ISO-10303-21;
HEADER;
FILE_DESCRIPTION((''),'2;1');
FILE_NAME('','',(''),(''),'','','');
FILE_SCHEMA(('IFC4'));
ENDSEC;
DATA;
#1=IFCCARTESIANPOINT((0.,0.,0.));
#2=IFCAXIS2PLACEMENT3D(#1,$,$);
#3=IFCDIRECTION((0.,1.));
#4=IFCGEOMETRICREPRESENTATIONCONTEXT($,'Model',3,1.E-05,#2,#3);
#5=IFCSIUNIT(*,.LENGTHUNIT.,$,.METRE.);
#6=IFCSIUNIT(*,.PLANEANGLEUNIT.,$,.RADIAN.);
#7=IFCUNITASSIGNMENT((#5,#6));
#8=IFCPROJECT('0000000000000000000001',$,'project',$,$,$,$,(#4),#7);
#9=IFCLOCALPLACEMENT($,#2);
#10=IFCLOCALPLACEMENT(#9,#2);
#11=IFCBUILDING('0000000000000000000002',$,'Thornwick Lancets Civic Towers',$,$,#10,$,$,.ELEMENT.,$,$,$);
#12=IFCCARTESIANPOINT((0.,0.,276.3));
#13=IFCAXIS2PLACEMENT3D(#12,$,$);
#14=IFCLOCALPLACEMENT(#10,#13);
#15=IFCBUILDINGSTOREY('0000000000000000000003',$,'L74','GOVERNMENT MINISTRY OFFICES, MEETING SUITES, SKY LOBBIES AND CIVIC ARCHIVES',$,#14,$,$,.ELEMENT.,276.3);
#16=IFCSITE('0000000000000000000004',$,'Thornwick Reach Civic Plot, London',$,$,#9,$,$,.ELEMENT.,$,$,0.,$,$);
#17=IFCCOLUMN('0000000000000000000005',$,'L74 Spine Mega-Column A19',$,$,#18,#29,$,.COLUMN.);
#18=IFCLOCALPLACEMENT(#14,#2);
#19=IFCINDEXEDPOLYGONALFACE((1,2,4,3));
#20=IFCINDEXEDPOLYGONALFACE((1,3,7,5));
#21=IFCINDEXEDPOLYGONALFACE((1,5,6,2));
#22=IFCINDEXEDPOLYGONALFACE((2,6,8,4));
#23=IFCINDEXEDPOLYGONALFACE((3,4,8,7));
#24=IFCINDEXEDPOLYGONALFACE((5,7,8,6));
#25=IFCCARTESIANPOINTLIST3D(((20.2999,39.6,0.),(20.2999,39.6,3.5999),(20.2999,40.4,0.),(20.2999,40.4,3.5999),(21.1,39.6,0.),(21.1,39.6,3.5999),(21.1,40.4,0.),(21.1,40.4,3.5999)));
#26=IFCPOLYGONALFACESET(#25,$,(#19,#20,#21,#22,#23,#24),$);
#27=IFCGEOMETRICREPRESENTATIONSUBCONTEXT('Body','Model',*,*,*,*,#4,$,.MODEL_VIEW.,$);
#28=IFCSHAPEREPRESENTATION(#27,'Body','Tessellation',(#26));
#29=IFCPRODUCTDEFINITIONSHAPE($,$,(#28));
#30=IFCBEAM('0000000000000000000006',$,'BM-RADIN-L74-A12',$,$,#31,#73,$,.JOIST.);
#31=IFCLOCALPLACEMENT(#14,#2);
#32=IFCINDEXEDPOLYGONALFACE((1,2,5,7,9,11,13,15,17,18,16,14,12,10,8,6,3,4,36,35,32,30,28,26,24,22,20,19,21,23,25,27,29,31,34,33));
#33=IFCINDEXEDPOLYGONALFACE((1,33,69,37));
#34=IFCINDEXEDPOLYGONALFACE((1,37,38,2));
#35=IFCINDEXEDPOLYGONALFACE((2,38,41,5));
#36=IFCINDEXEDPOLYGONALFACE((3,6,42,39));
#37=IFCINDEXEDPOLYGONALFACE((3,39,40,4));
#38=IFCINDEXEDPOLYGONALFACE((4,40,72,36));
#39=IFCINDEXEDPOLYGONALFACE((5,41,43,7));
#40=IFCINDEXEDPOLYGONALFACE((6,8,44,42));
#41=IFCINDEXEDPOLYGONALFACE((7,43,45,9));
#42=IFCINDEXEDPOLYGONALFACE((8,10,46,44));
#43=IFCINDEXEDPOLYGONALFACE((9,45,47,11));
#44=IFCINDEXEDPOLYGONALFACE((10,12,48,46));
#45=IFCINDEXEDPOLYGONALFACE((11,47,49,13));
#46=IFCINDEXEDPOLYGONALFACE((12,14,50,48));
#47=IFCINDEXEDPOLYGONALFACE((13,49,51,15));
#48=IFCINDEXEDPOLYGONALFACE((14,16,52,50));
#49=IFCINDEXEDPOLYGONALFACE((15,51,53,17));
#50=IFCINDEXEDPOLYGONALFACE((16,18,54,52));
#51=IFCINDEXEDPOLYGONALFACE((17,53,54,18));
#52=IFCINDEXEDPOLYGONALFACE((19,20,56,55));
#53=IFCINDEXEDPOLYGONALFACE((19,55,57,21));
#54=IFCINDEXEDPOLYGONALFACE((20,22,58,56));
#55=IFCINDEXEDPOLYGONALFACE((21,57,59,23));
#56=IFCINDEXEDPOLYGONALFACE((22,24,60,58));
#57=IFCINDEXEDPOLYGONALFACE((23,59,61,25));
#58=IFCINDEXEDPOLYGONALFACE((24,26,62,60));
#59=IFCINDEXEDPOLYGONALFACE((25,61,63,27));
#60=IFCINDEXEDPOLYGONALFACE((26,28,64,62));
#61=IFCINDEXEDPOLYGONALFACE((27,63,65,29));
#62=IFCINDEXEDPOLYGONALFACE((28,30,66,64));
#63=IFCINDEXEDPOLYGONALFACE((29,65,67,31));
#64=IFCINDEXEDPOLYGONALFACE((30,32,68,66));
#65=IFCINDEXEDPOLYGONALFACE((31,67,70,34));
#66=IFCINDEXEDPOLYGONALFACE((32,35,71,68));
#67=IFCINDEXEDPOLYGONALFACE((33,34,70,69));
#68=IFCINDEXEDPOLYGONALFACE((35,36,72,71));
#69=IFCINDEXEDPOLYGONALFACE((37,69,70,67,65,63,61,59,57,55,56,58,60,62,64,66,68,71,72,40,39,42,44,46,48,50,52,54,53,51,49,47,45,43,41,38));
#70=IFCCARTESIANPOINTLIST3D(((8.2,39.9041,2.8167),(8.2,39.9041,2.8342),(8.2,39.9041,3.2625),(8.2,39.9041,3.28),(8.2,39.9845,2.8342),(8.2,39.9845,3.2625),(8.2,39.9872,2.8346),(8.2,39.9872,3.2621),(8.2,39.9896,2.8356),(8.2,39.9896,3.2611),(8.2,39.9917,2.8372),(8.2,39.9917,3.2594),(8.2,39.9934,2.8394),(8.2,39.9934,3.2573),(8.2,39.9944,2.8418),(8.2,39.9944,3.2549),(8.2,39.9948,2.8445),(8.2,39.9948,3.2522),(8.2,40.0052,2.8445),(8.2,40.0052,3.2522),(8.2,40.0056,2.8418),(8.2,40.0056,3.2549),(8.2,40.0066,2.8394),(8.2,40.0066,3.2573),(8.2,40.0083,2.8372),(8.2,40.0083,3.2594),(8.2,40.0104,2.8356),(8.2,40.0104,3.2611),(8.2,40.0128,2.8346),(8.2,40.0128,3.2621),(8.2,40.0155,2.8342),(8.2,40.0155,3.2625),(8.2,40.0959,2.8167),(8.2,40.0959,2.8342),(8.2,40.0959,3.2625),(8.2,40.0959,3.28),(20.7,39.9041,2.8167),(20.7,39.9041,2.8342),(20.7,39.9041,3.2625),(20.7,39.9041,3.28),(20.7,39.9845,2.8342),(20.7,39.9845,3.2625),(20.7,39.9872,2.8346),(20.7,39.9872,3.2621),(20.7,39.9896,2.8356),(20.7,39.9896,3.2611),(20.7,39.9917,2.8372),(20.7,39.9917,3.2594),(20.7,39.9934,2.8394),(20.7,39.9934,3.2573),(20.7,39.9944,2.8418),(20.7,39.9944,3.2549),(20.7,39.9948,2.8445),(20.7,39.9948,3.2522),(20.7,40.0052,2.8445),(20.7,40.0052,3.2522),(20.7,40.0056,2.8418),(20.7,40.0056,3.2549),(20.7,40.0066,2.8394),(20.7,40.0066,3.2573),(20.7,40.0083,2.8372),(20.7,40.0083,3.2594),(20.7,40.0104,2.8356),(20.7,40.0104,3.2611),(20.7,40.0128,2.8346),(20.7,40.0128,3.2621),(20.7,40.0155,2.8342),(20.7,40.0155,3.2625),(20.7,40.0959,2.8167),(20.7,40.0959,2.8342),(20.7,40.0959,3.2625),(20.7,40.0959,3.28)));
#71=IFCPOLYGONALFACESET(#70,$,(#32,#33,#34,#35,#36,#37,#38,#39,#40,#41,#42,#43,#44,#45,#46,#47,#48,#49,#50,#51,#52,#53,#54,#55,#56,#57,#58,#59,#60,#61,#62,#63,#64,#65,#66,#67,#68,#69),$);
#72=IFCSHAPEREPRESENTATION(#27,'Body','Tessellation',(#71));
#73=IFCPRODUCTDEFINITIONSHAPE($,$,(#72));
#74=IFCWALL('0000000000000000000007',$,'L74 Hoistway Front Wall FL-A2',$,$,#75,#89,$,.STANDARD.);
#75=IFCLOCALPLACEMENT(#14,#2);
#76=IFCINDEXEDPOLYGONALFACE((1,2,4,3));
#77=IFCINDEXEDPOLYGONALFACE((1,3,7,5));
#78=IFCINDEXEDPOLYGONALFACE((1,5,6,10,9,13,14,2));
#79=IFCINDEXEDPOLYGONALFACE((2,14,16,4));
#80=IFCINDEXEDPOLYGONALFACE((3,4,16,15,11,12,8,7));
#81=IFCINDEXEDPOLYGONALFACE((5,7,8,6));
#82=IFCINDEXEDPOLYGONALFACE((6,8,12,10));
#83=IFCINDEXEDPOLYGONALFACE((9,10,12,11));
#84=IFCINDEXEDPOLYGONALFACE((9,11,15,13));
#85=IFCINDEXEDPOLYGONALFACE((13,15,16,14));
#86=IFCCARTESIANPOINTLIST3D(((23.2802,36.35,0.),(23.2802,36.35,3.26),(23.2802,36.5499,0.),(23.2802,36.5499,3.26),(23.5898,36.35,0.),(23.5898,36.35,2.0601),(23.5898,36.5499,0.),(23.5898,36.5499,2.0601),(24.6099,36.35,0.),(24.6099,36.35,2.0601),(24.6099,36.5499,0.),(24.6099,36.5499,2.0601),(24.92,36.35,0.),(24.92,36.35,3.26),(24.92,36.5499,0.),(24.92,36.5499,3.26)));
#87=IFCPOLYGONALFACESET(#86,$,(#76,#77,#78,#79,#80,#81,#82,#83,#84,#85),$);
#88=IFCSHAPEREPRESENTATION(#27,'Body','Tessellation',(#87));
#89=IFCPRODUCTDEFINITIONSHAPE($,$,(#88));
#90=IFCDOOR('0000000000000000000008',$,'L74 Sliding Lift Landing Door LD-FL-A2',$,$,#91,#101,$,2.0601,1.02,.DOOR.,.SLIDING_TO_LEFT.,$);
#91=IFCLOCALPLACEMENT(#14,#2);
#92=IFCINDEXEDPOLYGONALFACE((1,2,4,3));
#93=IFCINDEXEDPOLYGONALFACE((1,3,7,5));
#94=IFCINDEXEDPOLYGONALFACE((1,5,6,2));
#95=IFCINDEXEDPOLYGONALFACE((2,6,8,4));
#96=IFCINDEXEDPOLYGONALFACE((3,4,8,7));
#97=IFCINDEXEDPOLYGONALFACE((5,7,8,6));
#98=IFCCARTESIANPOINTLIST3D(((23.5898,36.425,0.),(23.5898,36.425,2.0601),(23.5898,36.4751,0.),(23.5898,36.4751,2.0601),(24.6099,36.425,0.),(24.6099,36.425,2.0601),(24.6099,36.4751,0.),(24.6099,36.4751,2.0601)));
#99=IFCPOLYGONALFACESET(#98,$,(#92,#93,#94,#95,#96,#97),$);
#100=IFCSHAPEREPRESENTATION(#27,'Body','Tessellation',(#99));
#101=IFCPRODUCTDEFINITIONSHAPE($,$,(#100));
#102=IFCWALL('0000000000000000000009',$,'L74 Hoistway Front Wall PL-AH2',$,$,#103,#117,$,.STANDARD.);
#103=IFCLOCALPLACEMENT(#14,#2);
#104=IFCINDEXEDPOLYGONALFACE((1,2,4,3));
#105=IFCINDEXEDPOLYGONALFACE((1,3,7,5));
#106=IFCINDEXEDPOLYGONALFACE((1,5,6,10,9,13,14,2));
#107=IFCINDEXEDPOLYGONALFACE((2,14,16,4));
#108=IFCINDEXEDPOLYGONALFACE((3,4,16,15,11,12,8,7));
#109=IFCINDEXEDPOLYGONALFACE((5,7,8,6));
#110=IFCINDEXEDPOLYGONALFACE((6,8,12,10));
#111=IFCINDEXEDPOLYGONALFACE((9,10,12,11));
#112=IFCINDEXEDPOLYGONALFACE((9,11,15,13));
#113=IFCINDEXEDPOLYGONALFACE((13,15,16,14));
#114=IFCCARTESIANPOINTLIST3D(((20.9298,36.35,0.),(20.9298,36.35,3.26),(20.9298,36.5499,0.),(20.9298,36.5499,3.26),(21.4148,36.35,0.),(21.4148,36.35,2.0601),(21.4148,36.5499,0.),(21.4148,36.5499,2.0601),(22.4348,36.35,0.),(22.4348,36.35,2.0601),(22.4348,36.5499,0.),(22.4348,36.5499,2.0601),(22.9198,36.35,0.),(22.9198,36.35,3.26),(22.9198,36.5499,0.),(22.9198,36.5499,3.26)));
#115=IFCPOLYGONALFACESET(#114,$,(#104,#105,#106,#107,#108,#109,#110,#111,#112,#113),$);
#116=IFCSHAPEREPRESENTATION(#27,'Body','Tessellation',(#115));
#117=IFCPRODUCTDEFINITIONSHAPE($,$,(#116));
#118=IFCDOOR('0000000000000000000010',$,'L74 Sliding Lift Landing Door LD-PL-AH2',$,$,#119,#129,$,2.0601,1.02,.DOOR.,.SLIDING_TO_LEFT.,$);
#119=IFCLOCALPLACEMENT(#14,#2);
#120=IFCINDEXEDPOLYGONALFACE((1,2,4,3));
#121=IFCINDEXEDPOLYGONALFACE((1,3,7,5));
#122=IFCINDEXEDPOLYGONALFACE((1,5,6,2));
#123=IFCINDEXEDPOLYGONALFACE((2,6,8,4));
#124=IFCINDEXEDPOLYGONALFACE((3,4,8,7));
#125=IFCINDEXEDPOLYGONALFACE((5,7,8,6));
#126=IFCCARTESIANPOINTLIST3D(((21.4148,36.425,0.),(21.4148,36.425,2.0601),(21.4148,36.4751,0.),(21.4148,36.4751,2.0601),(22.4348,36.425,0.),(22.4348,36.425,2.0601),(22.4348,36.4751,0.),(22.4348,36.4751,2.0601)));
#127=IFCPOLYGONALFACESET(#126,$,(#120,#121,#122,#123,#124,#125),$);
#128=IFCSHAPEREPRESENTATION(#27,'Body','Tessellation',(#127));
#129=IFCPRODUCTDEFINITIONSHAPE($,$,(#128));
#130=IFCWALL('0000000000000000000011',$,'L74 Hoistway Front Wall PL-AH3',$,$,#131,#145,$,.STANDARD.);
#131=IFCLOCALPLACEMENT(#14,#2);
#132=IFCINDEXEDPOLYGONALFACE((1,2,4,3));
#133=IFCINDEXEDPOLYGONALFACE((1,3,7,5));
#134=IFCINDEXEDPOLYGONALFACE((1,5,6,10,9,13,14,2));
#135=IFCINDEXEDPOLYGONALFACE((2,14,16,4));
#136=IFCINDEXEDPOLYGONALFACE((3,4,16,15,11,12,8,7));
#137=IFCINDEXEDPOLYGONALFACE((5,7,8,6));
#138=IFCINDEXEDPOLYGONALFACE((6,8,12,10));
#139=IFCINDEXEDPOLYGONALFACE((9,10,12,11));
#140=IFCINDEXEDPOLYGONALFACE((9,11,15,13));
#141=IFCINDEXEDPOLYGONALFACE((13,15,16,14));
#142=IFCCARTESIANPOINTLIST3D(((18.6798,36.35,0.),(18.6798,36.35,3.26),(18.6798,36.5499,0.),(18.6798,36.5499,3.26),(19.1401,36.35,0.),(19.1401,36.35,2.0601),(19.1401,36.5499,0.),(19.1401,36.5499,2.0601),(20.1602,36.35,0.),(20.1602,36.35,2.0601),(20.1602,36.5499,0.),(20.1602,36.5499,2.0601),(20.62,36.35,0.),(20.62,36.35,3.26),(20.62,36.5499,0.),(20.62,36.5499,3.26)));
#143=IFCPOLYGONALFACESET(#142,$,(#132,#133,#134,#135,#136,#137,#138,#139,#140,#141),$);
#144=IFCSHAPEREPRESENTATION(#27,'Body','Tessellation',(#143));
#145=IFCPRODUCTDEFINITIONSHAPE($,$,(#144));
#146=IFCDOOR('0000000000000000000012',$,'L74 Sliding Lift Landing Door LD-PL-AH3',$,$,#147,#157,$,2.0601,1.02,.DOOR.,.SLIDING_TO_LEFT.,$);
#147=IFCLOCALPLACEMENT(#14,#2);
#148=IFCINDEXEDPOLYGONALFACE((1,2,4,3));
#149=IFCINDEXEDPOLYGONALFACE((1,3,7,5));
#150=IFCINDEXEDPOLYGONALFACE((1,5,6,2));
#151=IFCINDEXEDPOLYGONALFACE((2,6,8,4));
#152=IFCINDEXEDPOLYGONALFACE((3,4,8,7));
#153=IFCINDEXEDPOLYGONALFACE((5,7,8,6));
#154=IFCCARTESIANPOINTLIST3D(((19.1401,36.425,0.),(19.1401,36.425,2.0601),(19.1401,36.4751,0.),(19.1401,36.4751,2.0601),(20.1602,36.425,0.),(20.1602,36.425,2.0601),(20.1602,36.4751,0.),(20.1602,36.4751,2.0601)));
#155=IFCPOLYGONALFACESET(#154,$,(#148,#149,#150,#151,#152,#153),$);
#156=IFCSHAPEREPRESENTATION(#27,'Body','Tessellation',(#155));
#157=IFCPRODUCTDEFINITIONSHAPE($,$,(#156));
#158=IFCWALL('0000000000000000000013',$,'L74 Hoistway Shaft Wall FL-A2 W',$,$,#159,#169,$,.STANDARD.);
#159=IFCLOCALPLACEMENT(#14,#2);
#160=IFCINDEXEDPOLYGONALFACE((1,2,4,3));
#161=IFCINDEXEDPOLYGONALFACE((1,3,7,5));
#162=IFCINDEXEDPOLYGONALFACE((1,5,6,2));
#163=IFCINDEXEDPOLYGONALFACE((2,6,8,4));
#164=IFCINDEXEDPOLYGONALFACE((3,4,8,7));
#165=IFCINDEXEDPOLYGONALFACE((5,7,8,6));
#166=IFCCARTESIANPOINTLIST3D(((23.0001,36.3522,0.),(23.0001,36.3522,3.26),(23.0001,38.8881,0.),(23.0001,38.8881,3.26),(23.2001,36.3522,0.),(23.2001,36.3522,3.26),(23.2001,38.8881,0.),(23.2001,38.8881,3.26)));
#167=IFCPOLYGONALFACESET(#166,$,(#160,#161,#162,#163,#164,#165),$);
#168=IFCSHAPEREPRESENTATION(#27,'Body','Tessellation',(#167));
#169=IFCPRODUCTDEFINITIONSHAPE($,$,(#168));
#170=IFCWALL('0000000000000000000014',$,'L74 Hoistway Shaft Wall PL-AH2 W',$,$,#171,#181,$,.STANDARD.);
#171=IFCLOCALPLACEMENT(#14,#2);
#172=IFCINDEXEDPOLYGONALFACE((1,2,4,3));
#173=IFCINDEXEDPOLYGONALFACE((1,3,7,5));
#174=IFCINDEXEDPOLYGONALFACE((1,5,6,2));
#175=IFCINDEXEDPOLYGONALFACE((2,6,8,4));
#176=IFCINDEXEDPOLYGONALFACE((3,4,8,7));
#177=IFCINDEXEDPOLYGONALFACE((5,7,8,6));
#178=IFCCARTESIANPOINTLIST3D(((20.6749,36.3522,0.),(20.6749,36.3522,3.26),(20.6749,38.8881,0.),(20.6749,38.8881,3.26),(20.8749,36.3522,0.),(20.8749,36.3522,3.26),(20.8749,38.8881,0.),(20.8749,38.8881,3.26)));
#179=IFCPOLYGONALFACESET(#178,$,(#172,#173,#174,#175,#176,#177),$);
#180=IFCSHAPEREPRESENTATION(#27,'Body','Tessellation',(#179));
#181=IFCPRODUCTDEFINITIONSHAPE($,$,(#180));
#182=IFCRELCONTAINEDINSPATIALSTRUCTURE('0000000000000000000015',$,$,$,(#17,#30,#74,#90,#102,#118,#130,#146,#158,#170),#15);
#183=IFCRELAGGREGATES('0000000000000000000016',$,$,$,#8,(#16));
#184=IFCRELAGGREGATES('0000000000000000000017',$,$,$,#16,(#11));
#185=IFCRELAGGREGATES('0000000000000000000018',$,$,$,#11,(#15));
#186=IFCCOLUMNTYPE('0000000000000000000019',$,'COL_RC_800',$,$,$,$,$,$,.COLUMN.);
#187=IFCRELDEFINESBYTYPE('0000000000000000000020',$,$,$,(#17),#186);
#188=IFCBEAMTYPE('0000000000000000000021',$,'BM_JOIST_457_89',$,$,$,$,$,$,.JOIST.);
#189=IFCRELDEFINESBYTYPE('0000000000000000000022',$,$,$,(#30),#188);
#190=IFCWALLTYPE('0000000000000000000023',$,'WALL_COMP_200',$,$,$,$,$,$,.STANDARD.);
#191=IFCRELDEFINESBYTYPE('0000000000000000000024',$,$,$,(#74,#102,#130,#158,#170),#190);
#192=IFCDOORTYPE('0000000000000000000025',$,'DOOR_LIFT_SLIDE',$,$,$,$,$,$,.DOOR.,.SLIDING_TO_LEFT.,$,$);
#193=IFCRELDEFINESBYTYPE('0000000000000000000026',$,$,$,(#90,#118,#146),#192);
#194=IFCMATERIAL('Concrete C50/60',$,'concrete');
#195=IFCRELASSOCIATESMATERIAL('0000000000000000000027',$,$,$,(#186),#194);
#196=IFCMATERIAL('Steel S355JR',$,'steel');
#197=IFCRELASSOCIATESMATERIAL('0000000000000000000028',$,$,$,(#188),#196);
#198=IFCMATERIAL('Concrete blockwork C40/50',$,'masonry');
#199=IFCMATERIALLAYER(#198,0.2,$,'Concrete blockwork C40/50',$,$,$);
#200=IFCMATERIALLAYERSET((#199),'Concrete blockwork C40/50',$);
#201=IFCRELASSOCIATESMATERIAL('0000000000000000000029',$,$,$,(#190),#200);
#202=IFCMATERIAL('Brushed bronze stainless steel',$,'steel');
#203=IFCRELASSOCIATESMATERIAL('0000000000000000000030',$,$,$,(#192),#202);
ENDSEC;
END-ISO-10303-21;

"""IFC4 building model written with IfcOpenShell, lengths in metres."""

from ifc_helpers import new_model, si_unit, direction, frame, frame_2d, origin, origin_2d, place, context, subcontext, project, spatial, rectangle, i_section, extrude, material, layer, layer_set, material_profile, profile_set, type_object, element, fill, save


model = new_model("IFC4")

# Units and contexts
model_context = context("Model", 3, precision=1e-05, world=origin(), true_north=direction((0.0, 1.0)))
body_context = subcontext(model_context, "Body", "Model", "MODEL_VIEW")
ifc_project = project(units=[si_unit("LENGTHUNIT", "METRE"), si_unit("PLANEANGLEUNIT", "RADIAN")], contexts=[model_context])

# Site, building, storey
site_placement = place(None, origin())
site = spatial("IfcSite", under=ifc_project, at=site_placement, Name="Thornwick Reach Civic Plot, London", CompositionType="ELEMENT", RefElevation=0.0)
building_placement = place(site_placement, origin())
building = spatial("IfcBuilding", under=site, at=building_placement, Name="Thornwick Lancets Civic Towers", CompositionType="ELEMENT")
storey_placement = place(building_placement, frame((0.0, 0.0, 276.3)))
storey = spatial("IfcBuildingStorey", under=building, at=storey_placement, Name="L74", Description="GOVERNMENT MINISTRY OFFICES, MEETING SUITES, SKY LOBBIES AND CIVIC ARCHIVES", CompositionType="ELEMENT", Elevation=276.3)

# Column
ifc_material_1 = material(Name="Concrete C50/60", Category="concrete")
ifc_material_profile_1 = material_profile(ifc_material_1, rectangle(XDim=0.8, YDim=0.8, at=origin_2d()), Name="RC 800x800")
ifc_profile_set_1 = profile_set([ifc_material_profile_1], Name="Concrete C50/60")
column_type = type_object("IfcColumnType", Name="COL_RC_800", PredefinedType="COLUMN", material=ifc_profile_set_1)
column_placement = place(storey_placement, frame((20.7, 40.0, 0.0), z_axis=(0.0, 0.0, 1.0), x_axis=(1.0, 0.0, 0.0)))
element("IfcColumn", 1, at=column_placement, inside=storey, type_object=column_type, Name="L74 Spine Mega-Column A19", PredefinedType="COLUMN", context=body_context, shape_type="SweptSolid", body=[
    extrude(rectangle(XDim=0.8, YDim=0.8, at=origin_2d()), origin(), (0.0, 0.0, 1.0), 3.5999),
])

# Beam
ifc_material_2 = material(Name="Steel S355JR", Category="steel")
ifc_material_profile_2 = material_profile(ifc_material_2, i_section(OverallWidth=0.1919, OverallDepth=0.4634, WebThickness=0.0105, FlangeThickness=0.0176, FilletRadius=0.0103, at=origin_2d()), Name="UKB 457x191x89")
ifc_profile_set_2 = profile_set([ifc_material_profile_2], Name="Steel S355JR")
beam_type = type_object("IfcBeamType", Name="BM_JOIST_457_89", PredefinedType="JOIST", material=ifc_profile_set_2)
beam_placement = place(storey_placement, frame((20.7, 40.0, 3.0483), z_axis=(-1.0, 0.0, 0.0), x_axis=(0.0, -1.0, 0.0)))
element("IfcBeam", 2, at=beam_placement, inside=storey, type_object=beam_type, Name="BM-RADIN-L74-A12", PredefinedType="JOIST", context=body_context, shape_type="SweptSolid", body=[
    extrude(i_section(OverallWidth=0.1919, OverallDepth=0.4634, WebThickness=0.0105, FlangeThickness=0.0176, FilletRadius=0.0103, at=origin_2d()), origin(), (0.0, 0.0, 1.0), 12.5),
])

# Walls, openings, doors
ifc_material_3 = material(Name="Concrete blockwork C40/50", Category="masonry")
ifc_layer_1 = layer(ifc_material_3, 0.2, Name="Concrete blockwork C40/50")
ifc_layer_set_1 = layer_set([ifc_layer_1], Name="Concrete blockwork C40/50")
wall_type_1 = type_object("IfcWallType", Name="WALL_COMP_200", PredefinedType="STANDARD", material=ifc_layer_set_1)
wall_1_placement = place(storey_placement, frame((24.9199, 36.45, 0.0), z_axis=(0.0, 0.0, 1.0), x_axis=(-1.0, 0.0, 0.0)))
wall_1 = element("IfcWall", 3, at=wall_1_placement, inside=storey, type_object=wall_type_1, Name="L74 Hoistway Front Wall FL-A2", PredefinedType="STANDARD", context=body_context, shape_type="SweptSolid", body=[
    extrude(rectangle(XDim=1.6399, YDim=0.2, at=frame_2d((0.8198, 0.0))), origin(), (0.0, 0.0, 1.0), 3.26),
])
opening_1_placement = place(wall_1_placement, frame((0.3101, 0.0, 0.0)))
opening_1 = element("IfcOpeningElement", 4, at=opening_1_placement, cuts=wall_1, PredefinedType="OPENING", context=body_context, shape_type="SweptSolid", body=[
    extrude(rectangle(XDim=1.02, YDim=2.0601, at=frame_2d((0.51, 1.03))), frame((0.0, 0.1099, 0.0), z_axis=(0.0, -1.0, 0.0), x_axis=(1.0, 0.0, 0.0)), (0.0, 0.0, 1.0), 0.22),
])
ifc_material_4 = material(Name="Brushed bronze stainless steel", Category="steel")
door_type_1 = type_object("IfcDoorType", Name="DOOR_LIFT_SLIDE", OperationType="SLIDING_TO_LEFT", PredefinedType="DOOR", material=ifc_material_4)
door_1_placement = place(opening_1_placement, origin())
door_1 = element("IfcDoor", 5, at=door_1_placement, inside=storey, type_object=door_type_1, Name="L74 Sliding Lift Landing Door LD-FL-A2", OperationType="SLIDING_TO_LEFT", OverallHeight=2.0601, OverallWidth=1.02, PredefinedType="DOOR", context=body_context, shape_type="SweptSolid", body=[
    extrude(rectangle(XDim=1.02, YDim=2.0601, at=frame_2d((0.51, 1.03))), frame((0.0, 0.0249, 0.0), z_axis=(0.0, -1.0, 0.0), x_axis=(1.0, 0.0, 0.0)), (0.0, 0.0, 1.0), 0.05),
])
fill(opening_1, door_1)
wall_2_placement = place(storey_placement, frame((22.9199, 36.45, 0.0), z_axis=(0.0, 0.0, 1.0), x_axis=(-1.0, 0.0, 0.0)))
wall_2 = element("IfcWall", 6, at=wall_2_placement, inside=storey, type_object=wall_type_1, Name="L74 Hoistway Front Wall PL-AH2", PredefinedType="STANDARD", context=body_context, shape_type="SweptSolid", body=[
    extrude(rectangle(XDim=1.99, YDim=0.2, at=frame_2d((0.9951, 0.0))), origin(), (0.0, 0.0, 1.0), 3.26),
])
opening_2_placement = place(wall_2_placement, frame((0.4851, 0.0, 0.0)))
opening_2 = element("IfcOpeningElement", 7, at=opening_2_placement, cuts=wall_2, PredefinedType="OPENING", context=body_context, shape_type="SweptSolid", body=[
    extrude(rectangle(XDim=1.02, YDim=2.0601, at=frame_2d((0.51, 1.03))), frame((0.0, 0.1099, 0.0), z_axis=(0.0, -1.0, 0.0), x_axis=(1.0, 0.0, 0.0)), (0.0, 0.0, 1.0), 0.22),
])
door_2_placement = place(opening_2_placement, origin())
door_2 = element("IfcDoor", 8, at=door_2_placement, inside=storey, type_object=door_type_1, Name="L74 Sliding Lift Landing Door LD-PL-AH2", OperationType="SLIDING_TO_LEFT", OverallHeight=2.0601, OverallWidth=1.02, PredefinedType="DOOR", context=body_context, shape_type="SweptSolid", body=[
    extrude(rectangle(XDim=1.02, YDim=2.0601, at=frame_2d((0.51, 1.03))), frame((0.0, 0.0249, 0.0), z_axis=(0.0, -1.0, 0.0), x_axis=(1.0, 0.0, 0.0)), (0.0, 0.0, 1.0), 0.05),
])
fill(opening_2, door_2)
wall_3_placement = place(storey_placement, frame((20.6201, 36.45, 0.0), z_axis=(0.0, 0.0, 1.0), x_axis=(-1.0, 0.0, 0.0)))
wall_3 = element("IfcWall", 9, at=wall_3_placement, inside=storey, type_object=wall_type_1, Name="L74 Hoistway Front Wall PL-AH3", PredefinedType="STANDARD", context=body_context, shape_type="SweptSolid", body=[
    extrude(rectangle(XDim=1.9402, YDim=0.2, at=frame_2d((0.9702, 0.0))), origin(), (0.0, 0.0, 1.0), 3.26),
])
opening_3_placement = place(wall_3_placement, frame((0.46, 0.0, 0.0)))
opening_3 = element("IfcOpeningElement", 10, at=opening_3_placement, cuts=wall_3, PredefinedType="OPENING", context=body_context, shape_type="SweptSolid", body=[
    extrude(rectangle(XDim=1.02, YDim=2.0601, at=frame_2d((0.51, 1.03))), frame((0.0, 0.1099, 0.0), z_axis=(0.0, -1.0, 0.0), x_axis=(1.0, 0.0, 0.0)), (0.0, 0.0, 1.0), 0.22),
])
door_3_placement = place(opening_3_placement, origin())
door_3 = element("IfcDoor", 11, at=door_3_placement, inside=storey, type_object=door_type_1, Name="L74 Sliding Lift Landing Door LD-PL-AH3", OperationType="SLIDING_TO_LEFT", OverallHeight=2.0601, OverallWidth=1.02, PredefinedType="DOOR", context=body_context, shape_type="SweptSolid", body=[
    extrude(rectangle(XDim=1.02, YDim=2.0601, at=frame_2d((0.51, 1.03))), frame((0.0, 0.0249, 0.0), z_axis=(0.0, -1.0, 0.0), x_axis=(1.0, 0.0, 0.0)), (0.0, 0.0, 1.0), 0.05),
])
fill(opening_3, door_3)

# Walls
for number, where, z_axis, x_axis, name in (
    (12, (23.1001, 36.3521, 0.0), (0.0, 0.0, 1.0), (0.0, 1.0, 0.0), "L74 Hoistway Shaft Wall FL-A2 W"),
    (13, (20.7749, 36.3521, 0.0), (0.0, 0.0, 1.0), (0.0, 1.0, 0.0), "L74 Hoistway Shaft Wall PL-AH2 W"),
):
    element("IfcWall", number, at=place(storey_placement, frame(where, z_axis=z_axis, x_axis=x_axis)), inside=storey, type_object=wall_type_1, Name=name, PredefinedType="STANDARD", context=body_context, shape_type="SweptSolid", body=[
        extrude(rectangle(XDim=2.5359, YDim=0.2, at=frame_2d((1.2681, 0.0))), origin(), (0.0, 0.0, 1.0), 3.26),
    ])

save(model, "model.ifc")
